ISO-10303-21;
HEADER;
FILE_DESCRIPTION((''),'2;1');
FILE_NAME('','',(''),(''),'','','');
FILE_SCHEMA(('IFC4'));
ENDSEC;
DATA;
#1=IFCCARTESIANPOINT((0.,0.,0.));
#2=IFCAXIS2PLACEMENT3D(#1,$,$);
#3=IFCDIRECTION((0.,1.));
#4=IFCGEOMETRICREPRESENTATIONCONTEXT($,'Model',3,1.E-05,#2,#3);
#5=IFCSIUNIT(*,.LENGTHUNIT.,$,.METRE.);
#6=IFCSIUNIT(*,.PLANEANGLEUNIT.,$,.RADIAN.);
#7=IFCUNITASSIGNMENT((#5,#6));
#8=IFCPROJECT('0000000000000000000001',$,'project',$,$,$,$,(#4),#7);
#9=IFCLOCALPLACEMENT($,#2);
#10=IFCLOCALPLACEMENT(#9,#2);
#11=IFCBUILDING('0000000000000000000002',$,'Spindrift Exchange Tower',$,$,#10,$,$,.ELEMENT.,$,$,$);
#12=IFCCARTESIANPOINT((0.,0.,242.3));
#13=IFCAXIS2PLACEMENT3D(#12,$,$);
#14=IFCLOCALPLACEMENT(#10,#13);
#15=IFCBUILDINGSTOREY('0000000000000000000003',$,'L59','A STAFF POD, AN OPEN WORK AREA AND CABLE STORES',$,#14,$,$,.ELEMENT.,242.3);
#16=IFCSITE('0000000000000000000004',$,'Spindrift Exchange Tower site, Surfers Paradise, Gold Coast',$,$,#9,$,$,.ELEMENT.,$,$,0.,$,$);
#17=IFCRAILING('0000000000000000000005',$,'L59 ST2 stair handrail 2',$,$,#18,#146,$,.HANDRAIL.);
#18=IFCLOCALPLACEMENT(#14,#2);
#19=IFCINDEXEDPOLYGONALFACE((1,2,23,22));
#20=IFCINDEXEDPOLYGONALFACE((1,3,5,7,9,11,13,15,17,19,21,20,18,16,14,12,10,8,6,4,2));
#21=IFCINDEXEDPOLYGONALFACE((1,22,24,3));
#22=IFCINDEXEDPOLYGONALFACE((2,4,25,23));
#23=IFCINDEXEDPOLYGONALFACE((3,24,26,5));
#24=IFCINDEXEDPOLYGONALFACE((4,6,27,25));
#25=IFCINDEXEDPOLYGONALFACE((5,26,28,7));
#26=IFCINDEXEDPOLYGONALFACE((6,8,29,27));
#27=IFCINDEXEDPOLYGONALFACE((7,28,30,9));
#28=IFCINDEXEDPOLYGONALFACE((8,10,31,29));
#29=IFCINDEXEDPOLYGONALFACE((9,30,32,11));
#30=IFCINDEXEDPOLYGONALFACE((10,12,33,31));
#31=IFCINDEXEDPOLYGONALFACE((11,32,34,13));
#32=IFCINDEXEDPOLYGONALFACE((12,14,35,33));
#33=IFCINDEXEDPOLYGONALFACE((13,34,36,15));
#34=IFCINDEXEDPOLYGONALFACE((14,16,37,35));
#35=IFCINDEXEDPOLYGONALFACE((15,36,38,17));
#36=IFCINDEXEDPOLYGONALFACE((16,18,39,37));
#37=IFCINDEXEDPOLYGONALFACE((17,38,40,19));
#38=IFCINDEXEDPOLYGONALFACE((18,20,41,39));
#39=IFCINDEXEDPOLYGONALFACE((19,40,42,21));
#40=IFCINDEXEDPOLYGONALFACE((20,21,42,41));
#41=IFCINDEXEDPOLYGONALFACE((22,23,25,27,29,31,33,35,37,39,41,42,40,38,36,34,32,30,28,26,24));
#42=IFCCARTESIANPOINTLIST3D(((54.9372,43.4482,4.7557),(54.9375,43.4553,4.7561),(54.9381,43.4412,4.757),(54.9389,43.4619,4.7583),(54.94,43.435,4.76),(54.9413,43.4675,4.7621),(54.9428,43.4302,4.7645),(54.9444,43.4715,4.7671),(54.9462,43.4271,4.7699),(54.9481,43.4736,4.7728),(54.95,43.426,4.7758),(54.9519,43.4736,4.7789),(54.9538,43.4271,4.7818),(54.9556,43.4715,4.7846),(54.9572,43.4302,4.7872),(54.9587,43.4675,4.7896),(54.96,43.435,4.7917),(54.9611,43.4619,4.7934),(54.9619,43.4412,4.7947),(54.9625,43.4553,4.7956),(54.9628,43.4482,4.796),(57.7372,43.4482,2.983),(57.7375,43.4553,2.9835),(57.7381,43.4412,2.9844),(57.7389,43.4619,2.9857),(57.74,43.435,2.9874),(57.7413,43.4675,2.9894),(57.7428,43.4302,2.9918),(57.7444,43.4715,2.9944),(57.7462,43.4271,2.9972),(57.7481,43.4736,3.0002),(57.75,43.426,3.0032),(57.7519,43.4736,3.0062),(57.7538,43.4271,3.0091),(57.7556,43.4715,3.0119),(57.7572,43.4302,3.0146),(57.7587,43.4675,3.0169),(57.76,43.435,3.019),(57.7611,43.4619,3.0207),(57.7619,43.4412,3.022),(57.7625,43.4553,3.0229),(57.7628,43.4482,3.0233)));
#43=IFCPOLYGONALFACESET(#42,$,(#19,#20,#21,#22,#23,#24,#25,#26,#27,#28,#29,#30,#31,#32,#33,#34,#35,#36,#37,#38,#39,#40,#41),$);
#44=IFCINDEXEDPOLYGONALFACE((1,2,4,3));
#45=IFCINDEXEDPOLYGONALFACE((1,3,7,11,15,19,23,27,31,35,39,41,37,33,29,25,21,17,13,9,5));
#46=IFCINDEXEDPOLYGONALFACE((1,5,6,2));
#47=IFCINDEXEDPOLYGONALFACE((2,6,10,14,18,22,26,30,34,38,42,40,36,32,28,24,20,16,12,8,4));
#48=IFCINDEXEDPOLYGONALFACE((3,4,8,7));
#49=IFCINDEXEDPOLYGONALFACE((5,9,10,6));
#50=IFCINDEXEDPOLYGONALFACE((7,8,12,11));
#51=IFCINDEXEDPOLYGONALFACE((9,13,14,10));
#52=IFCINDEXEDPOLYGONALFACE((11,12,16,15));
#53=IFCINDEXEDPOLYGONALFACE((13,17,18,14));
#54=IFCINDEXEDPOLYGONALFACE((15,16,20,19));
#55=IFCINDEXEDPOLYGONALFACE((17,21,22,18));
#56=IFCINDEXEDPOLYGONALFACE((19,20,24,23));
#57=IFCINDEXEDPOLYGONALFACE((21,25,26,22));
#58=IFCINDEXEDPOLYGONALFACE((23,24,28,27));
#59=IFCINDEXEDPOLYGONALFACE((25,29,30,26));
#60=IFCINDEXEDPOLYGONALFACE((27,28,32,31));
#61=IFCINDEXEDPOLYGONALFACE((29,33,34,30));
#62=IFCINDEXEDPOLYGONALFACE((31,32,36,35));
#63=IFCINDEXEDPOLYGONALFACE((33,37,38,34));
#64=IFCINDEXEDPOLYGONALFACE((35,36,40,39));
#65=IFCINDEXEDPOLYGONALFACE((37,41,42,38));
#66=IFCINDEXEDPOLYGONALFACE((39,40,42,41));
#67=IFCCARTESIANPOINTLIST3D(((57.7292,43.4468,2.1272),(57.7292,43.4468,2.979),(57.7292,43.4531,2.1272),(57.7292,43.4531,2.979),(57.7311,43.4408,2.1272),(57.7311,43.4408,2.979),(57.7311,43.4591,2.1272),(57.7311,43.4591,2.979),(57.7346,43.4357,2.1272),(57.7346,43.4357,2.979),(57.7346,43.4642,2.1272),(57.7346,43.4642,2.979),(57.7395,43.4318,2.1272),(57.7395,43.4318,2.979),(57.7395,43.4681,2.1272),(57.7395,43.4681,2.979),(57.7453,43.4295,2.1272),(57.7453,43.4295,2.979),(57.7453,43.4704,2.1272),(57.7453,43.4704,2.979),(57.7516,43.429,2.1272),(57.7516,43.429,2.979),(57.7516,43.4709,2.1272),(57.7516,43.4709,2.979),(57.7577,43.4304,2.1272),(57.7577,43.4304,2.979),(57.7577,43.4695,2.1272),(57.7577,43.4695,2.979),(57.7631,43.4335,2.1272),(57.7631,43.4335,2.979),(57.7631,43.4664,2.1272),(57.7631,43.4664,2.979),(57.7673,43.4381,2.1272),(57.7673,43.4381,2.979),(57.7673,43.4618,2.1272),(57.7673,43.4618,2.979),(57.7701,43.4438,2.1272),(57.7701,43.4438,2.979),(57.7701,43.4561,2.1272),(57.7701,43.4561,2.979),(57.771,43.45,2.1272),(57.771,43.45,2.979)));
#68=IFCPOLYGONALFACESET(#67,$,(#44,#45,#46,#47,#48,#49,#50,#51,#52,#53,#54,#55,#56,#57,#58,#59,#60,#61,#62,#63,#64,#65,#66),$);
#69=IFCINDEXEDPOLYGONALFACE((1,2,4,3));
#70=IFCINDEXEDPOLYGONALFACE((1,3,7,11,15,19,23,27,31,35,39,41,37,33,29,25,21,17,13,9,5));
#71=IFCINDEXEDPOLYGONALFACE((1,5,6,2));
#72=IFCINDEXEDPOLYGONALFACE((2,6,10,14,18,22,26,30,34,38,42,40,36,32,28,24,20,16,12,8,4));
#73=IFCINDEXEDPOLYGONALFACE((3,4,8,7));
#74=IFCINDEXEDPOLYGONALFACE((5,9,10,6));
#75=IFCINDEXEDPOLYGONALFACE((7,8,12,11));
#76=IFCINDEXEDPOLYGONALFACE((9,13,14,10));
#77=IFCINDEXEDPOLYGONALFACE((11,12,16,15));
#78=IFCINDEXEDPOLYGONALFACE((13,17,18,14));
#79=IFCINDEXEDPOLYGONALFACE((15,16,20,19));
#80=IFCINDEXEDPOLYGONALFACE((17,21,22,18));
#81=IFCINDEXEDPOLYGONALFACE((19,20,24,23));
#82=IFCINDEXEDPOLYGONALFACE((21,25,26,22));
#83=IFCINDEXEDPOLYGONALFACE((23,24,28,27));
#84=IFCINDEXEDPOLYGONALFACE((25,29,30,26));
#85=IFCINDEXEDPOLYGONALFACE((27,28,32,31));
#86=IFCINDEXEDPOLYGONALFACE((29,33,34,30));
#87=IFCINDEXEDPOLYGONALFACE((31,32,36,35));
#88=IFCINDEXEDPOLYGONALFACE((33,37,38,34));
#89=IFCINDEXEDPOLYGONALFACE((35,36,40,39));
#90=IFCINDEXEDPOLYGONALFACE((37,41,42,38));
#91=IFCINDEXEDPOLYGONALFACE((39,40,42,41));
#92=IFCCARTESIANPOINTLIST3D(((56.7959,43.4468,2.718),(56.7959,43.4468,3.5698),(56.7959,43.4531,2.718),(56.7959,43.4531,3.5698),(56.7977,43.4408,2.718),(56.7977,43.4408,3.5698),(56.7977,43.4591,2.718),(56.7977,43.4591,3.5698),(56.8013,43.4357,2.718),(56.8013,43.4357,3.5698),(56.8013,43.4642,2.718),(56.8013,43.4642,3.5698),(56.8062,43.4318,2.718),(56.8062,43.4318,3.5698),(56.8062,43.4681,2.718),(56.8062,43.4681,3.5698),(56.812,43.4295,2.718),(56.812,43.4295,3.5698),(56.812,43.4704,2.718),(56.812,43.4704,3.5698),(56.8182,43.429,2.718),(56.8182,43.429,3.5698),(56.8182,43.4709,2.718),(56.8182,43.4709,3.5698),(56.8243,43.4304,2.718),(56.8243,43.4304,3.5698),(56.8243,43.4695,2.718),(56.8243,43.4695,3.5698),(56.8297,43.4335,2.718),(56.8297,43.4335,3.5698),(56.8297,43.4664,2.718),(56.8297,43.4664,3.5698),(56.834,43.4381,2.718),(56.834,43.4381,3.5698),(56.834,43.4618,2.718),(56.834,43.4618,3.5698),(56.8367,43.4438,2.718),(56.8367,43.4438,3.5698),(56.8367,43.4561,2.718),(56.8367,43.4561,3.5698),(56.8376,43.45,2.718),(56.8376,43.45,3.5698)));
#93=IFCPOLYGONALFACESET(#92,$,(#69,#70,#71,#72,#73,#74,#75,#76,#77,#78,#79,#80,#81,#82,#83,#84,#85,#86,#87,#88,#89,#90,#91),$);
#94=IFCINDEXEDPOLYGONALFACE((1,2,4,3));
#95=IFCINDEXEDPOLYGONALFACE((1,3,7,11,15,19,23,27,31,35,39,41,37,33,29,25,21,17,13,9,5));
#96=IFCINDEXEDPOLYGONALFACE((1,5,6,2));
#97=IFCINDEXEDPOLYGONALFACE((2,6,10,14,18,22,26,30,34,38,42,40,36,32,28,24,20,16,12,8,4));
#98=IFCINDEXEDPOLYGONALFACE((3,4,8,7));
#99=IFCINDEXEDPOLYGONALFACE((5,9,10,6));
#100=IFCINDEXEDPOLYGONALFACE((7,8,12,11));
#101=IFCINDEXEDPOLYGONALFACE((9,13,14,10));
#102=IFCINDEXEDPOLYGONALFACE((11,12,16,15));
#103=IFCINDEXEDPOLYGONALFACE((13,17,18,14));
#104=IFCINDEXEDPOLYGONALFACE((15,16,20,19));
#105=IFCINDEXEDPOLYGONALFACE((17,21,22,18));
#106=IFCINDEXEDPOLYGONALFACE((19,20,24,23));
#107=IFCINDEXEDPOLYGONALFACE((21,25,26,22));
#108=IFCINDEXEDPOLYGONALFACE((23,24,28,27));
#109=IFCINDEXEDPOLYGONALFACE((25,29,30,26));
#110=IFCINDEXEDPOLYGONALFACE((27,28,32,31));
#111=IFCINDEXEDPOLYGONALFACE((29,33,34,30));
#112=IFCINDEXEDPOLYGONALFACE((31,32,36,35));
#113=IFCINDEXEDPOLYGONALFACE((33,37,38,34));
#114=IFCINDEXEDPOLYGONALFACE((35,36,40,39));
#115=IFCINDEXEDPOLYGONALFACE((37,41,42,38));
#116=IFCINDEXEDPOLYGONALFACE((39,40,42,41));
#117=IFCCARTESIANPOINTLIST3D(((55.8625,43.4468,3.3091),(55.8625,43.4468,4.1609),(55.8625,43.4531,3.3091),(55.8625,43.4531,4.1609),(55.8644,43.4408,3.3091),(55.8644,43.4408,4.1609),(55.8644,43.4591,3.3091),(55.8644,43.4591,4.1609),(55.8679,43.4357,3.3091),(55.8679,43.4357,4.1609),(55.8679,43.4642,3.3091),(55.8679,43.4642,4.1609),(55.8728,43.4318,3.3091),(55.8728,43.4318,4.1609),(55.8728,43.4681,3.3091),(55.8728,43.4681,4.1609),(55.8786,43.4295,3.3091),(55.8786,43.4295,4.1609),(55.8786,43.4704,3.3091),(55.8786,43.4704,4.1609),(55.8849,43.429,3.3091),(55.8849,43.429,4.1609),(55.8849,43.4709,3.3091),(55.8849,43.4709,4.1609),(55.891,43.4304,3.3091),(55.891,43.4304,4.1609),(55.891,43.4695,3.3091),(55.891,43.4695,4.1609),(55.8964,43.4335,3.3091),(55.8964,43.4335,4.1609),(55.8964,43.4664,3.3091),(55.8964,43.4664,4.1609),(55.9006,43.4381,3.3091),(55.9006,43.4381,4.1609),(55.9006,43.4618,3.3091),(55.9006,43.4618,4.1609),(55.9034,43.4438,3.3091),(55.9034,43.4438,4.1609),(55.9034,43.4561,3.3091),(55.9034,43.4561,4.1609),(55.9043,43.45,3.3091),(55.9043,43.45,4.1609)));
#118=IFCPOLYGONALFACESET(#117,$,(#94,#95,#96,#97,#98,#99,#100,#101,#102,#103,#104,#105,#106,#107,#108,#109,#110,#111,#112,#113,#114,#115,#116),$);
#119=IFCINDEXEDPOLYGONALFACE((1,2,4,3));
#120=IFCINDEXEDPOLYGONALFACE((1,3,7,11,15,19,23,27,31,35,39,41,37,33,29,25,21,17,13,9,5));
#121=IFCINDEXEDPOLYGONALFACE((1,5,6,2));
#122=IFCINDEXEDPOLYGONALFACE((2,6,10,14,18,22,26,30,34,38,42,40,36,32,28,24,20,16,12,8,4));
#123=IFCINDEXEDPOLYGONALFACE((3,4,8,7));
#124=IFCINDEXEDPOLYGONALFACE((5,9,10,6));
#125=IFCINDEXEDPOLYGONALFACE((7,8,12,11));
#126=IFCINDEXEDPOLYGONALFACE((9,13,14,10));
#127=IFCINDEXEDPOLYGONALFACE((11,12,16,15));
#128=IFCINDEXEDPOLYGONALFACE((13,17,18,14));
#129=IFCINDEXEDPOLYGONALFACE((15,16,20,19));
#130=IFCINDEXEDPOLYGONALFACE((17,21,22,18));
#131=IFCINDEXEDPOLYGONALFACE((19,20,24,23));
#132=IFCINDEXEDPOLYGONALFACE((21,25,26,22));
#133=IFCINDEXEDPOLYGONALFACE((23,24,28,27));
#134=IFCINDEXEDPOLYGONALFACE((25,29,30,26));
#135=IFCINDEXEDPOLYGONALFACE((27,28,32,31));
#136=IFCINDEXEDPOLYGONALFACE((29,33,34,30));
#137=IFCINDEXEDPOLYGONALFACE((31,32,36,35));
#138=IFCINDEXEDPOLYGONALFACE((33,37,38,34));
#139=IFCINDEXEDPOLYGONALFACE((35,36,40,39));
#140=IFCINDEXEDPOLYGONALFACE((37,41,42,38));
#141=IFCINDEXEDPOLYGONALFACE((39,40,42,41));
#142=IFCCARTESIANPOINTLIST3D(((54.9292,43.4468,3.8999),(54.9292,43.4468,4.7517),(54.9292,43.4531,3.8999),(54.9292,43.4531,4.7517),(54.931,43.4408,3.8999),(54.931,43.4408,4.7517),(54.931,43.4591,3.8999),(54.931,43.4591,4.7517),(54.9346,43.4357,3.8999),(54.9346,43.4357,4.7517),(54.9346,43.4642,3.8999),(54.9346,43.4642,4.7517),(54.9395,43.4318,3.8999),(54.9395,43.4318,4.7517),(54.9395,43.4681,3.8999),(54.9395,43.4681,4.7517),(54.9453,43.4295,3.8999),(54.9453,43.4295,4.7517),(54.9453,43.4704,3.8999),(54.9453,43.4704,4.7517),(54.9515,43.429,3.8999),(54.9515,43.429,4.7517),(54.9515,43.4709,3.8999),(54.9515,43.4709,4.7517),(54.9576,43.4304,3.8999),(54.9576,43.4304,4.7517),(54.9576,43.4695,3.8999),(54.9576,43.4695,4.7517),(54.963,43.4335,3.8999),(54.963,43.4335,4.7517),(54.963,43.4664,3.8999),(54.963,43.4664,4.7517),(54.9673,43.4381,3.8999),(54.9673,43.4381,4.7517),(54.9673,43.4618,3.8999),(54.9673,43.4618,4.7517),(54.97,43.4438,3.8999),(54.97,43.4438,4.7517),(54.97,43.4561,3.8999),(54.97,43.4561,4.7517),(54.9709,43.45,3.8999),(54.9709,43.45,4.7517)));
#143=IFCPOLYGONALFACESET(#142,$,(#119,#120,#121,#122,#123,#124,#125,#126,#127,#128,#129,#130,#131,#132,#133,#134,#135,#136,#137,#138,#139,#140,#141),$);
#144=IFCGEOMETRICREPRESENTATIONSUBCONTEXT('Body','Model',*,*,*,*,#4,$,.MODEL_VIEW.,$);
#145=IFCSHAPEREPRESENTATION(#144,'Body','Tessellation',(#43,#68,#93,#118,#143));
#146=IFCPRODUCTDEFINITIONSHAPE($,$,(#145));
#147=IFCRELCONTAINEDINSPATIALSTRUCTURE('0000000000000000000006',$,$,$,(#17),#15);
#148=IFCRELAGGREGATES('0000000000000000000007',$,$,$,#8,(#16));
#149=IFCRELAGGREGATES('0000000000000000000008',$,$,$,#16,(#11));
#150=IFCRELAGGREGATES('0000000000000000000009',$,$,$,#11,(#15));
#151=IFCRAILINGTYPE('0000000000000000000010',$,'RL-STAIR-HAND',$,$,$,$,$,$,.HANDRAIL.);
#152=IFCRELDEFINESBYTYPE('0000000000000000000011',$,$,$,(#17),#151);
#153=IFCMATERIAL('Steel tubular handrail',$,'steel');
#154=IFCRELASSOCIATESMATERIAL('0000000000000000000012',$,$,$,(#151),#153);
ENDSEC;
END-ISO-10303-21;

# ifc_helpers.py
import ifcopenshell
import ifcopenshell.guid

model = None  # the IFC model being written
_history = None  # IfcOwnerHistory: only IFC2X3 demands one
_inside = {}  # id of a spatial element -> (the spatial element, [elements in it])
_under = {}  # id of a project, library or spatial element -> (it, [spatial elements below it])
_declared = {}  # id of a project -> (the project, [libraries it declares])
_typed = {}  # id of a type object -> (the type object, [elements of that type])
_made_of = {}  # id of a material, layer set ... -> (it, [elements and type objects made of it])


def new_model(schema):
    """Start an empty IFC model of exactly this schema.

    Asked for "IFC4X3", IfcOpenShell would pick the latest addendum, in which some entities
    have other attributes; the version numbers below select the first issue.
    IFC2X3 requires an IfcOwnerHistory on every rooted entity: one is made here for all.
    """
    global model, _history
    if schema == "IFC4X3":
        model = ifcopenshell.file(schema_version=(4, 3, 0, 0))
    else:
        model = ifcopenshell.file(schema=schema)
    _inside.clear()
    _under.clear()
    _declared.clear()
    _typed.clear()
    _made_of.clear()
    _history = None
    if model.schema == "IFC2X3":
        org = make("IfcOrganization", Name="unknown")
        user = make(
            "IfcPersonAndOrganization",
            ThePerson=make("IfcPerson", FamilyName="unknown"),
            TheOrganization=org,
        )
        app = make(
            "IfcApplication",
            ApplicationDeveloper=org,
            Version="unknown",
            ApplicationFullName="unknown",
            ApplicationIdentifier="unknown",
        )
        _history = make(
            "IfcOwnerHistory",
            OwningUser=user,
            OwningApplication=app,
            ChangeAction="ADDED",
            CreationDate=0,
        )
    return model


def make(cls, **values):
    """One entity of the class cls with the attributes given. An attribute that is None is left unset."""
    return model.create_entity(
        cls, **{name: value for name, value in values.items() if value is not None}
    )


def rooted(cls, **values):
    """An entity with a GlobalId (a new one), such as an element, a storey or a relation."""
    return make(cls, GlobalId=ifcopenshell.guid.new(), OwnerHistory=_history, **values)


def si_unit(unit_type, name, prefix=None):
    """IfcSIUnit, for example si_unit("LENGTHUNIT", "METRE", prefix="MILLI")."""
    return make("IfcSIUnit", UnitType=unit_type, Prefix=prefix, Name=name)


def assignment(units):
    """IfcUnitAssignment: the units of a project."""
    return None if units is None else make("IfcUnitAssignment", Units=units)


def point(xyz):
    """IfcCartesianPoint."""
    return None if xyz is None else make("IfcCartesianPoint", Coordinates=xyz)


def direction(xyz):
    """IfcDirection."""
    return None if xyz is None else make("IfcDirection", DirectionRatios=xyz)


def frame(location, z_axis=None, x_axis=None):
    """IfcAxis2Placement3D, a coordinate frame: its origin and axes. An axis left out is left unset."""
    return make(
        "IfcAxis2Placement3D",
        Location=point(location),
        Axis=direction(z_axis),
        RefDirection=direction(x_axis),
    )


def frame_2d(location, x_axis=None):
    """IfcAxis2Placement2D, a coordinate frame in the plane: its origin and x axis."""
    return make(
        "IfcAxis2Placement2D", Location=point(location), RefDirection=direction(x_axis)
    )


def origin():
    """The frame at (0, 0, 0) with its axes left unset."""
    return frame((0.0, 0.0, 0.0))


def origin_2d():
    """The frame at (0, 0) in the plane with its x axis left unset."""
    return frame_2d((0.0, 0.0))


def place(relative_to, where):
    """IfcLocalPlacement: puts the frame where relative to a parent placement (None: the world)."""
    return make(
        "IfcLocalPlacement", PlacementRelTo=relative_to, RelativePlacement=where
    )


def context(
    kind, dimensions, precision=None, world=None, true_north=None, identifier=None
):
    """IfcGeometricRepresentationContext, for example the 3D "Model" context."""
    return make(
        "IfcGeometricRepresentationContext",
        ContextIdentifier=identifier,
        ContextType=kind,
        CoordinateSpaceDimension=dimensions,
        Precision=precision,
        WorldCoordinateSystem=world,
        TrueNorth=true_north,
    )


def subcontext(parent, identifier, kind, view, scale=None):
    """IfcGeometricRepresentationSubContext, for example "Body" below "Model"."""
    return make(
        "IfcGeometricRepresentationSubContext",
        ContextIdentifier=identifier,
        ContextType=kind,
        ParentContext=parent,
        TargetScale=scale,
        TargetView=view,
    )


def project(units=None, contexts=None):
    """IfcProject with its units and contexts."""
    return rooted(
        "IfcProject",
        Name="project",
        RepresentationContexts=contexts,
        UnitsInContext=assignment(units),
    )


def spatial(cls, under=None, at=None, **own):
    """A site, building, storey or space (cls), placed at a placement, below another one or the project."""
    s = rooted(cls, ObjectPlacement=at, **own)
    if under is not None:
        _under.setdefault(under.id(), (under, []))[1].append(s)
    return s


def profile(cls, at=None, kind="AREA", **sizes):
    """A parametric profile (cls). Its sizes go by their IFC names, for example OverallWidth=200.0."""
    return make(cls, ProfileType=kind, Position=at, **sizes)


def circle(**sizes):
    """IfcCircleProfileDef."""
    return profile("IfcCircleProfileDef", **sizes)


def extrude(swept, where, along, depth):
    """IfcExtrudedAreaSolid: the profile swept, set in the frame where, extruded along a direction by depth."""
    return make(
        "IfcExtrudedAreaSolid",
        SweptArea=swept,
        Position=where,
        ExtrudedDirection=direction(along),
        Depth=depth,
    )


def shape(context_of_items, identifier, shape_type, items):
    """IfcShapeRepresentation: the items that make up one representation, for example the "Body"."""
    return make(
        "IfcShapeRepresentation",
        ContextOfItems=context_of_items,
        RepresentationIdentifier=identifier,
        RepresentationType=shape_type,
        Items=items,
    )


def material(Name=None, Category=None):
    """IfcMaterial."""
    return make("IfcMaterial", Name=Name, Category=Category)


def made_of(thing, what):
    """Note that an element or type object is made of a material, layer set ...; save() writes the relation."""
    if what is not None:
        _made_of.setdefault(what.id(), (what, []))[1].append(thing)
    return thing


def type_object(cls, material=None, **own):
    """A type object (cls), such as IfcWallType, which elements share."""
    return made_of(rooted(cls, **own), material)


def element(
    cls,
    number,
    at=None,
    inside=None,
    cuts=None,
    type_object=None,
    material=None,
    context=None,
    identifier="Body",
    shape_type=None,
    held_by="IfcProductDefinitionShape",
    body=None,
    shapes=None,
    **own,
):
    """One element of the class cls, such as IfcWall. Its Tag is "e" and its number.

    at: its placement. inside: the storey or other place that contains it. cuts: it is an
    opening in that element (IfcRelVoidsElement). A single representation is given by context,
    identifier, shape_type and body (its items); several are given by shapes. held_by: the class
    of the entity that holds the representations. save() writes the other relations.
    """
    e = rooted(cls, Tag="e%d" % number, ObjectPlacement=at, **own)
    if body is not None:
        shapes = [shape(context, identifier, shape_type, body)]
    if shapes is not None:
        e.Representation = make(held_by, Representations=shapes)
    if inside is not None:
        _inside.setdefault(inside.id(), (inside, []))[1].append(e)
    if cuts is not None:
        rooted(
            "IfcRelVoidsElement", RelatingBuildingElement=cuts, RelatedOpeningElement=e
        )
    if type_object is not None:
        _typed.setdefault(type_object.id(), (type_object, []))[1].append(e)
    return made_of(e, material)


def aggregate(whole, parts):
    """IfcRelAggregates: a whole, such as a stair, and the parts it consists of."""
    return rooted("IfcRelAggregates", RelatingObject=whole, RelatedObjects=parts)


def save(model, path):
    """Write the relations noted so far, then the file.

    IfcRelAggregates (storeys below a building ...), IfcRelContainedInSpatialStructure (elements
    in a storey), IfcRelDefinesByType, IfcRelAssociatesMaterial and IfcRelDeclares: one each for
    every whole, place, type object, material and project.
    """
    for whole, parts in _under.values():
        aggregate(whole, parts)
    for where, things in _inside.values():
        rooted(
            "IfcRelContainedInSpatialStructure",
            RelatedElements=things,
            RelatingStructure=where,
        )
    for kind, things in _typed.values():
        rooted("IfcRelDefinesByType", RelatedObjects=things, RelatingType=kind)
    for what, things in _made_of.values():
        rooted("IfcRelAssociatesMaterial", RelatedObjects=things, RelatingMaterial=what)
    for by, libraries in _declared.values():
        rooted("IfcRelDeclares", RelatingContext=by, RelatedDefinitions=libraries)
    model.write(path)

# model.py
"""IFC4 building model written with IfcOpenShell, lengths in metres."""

from ifc_helpers import new_model, si_unit, direction, frame, origin, origin_2d, place, context, subcontext, project, spatial, circle, extrude, material, type_object, element, save


model = new_model("IFC4")

# Units and contexts
model_context = context("Model", 3, precision=1e-05, world=origin(), true_north=direction((0.0, 1.0)))
body_context = subcontext(model_context, "Body", "Model", "MODEL_VIEW")
ifc_project = project(units=[si_unit("LENGTHUNIT", "METRE"), si_unit("PLANEANGLEUNIT", "RADIAN")], contexts=[model_context])

# Site, building, storey
site_placement = place(None, origin())
site = spatial("IfcSite", under=ifc_project, at=site_placement, Name="Spindrift Exchange Tower site, Surfers Paradise, Gold Coast", CompositionType="ELEMENT", RefElevation=0.0)
building_placement = place(site_placement, origin())
building = spatial("IfcBuilding", under=site, at=building_placement, Name="Spindrift Exchange Tower", CompositionType="ELEMENT")
storey_placement = place(building_placement, frame((0.0, 0.0, 242.3)))
storey = spatial("IfcBuildingStorey", under=building, at=storey_placement, Name="L59", Description="A STAFF POD, AN OPEN WORK AREA AND CABLE STORES", CompositionType="ELEMENT", Elevation=242.3)

# Railing
ifc_material_1 = material(Name="Steel tubular handrail", Category="steel")
railing_type_1 = type_object("IfcRailingType", Name="RL-STAIR-HAND", PredefinedType="HANDRAIL", material=ifc_material_1)
railing_1_placement = place(storey_placement, frame((57.75, 43.45, 2.1272)))
element("IfcRailing", 1, at=railing_1_placement, inside=storey, type_object=railing_type_1, Name="L59 ST2 stair handrail 2", PredefinedType="HANDRAIL", context=body_context, shape_type="SweptSolid", body=[
    extrude(circle(Radius=0.0239, at=origin_2d()), frame((0.0, 0.0, 0.876), z_axis=(-0.844909, 0.0, 0.53491), x_axis=(0.0, -1.0, 0.0)), (0.0, 0.0, 1.0), 3.314),
    extrude(circle(Radius=0.021, at=origin_2d()), origin(), (0.0, 0.0, 1.0), 0.8518),
    extrude(circle(Radius=0.021, at=origin_2d()), frame((-0.9333, 0.0, 0.5908)), (0.0, 0.0, 1.0), 0.8518),
    extrude(circle(Radius=0.021, at=origin_2d()), frame((-1.8667, 0.0, 1.1819)), (0.0, 0.0, 1.0), 0.8518),
    extrude(circle(Radius=0.021, at=origin_2d()), frame((-2.8, 0.0, 1.7727)), (0.0, 0.0, 1.0), 0.8518),
])

save(model, "model.ifc")
